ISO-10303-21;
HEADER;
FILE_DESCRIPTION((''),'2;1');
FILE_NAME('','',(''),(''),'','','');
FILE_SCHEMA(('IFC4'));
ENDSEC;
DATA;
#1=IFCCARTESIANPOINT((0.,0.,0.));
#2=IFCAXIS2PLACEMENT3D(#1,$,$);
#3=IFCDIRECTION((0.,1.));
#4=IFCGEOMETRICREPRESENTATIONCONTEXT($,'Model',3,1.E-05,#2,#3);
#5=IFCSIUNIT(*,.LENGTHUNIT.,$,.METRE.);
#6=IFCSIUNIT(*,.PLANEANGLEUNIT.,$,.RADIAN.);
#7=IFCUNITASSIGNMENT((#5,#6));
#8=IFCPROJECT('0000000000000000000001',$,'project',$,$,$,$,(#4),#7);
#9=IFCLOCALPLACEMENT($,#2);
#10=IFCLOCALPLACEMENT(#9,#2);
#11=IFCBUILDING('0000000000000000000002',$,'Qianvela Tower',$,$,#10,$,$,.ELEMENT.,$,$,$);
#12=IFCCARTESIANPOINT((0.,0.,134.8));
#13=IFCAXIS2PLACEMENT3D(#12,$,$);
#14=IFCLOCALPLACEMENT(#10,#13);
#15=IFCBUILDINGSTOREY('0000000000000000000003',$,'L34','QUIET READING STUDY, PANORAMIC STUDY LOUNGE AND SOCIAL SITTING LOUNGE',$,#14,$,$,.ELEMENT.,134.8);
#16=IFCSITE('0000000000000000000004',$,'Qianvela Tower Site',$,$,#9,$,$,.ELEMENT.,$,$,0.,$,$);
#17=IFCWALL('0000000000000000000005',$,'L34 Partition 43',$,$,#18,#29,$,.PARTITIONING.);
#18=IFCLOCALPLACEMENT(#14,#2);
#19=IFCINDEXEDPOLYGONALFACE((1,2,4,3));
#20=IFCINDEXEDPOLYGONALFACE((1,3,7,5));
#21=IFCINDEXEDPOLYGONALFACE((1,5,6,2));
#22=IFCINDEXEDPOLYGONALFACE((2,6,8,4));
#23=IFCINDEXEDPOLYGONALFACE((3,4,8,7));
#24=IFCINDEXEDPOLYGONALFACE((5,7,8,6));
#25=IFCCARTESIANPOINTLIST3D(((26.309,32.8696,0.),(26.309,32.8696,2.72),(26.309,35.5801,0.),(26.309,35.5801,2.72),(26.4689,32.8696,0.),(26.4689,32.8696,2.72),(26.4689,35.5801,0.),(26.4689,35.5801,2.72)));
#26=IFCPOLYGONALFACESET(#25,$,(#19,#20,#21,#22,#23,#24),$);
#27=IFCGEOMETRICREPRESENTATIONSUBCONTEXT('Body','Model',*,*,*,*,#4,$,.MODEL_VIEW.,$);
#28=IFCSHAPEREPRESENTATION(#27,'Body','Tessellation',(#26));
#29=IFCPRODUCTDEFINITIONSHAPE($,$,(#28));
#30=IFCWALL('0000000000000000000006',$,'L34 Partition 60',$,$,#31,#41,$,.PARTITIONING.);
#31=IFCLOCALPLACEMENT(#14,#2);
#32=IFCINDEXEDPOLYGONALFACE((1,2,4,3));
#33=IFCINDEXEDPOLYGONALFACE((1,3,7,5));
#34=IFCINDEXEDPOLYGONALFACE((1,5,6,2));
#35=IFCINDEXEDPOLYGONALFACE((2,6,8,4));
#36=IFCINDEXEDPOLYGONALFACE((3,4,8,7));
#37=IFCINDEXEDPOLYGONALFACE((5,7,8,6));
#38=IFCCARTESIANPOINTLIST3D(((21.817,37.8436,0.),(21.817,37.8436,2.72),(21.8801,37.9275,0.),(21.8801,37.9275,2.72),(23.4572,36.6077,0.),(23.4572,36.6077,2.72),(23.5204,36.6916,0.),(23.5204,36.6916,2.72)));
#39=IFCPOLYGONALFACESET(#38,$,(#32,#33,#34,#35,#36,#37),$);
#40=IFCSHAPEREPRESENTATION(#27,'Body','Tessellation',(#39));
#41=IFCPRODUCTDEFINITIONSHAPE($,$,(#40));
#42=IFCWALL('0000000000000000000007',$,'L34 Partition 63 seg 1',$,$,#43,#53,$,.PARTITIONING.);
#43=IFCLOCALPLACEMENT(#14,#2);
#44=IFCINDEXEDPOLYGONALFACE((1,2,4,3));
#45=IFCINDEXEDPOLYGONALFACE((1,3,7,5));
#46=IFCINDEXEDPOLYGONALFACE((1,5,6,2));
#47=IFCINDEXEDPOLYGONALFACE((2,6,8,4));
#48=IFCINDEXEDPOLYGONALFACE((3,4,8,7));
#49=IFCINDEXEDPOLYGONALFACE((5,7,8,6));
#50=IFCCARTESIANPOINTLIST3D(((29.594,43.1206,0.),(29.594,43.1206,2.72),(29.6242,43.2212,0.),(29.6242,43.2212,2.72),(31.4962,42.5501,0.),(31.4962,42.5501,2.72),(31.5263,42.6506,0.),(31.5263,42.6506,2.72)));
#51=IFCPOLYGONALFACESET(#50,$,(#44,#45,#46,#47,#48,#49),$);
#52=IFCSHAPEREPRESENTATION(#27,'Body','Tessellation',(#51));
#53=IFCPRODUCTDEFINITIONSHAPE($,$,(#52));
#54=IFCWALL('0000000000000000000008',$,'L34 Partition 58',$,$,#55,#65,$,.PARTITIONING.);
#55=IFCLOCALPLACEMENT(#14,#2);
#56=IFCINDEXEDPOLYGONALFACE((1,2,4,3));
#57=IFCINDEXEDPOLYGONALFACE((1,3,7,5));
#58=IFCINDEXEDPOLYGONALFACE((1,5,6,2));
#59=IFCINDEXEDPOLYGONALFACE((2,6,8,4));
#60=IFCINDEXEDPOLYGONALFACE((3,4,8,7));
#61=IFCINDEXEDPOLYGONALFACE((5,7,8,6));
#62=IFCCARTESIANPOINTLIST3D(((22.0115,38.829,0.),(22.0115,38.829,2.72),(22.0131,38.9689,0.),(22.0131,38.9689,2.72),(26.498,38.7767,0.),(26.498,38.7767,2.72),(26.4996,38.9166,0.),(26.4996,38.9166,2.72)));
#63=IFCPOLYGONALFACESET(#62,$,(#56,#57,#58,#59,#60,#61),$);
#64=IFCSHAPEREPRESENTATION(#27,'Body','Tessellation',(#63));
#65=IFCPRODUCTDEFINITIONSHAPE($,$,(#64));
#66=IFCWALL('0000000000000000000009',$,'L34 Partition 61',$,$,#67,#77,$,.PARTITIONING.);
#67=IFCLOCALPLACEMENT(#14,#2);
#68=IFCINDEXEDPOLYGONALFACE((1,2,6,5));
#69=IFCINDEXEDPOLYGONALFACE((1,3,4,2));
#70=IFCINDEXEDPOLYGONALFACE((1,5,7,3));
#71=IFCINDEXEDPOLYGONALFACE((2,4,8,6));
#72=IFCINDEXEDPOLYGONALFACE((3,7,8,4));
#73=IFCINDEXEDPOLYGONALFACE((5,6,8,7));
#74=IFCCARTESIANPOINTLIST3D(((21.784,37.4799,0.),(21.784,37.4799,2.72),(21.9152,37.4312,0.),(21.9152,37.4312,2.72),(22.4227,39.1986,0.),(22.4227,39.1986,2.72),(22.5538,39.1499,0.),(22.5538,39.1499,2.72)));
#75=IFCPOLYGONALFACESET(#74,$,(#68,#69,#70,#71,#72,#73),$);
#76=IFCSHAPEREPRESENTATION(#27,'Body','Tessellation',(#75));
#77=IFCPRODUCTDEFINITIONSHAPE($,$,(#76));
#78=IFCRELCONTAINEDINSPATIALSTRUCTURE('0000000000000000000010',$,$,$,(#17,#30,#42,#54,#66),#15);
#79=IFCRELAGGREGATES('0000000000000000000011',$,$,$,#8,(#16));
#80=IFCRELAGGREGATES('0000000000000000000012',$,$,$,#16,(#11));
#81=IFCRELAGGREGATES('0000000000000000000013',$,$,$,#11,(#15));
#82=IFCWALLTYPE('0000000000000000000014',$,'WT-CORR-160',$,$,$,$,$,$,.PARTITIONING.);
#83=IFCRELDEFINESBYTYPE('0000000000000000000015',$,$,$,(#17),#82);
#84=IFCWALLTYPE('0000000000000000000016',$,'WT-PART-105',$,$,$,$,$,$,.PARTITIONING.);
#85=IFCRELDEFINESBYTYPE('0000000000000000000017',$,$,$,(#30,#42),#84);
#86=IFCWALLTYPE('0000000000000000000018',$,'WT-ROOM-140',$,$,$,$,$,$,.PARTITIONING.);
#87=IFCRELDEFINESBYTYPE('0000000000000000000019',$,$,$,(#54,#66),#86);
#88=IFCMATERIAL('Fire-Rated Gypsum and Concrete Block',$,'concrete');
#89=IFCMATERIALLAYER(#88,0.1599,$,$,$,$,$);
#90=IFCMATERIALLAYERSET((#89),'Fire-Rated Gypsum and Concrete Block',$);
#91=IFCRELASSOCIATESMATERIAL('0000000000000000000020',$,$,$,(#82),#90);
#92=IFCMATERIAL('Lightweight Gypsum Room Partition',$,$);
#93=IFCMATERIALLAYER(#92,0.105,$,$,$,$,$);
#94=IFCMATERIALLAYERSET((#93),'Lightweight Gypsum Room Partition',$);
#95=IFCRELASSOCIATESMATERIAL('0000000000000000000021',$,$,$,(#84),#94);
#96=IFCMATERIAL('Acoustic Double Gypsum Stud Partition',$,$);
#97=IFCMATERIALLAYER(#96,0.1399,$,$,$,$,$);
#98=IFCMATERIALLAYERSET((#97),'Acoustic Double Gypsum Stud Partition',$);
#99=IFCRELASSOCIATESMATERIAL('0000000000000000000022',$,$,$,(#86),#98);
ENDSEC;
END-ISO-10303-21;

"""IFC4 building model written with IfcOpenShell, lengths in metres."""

from ifc_helpers import new_model, si_unit, direction, frame, frame_2d, origin, place, context, subcontext, project, spatial, rectangle, extrude, material, layer, layer_set, type_object, element, save


model = new_model("IFC4")

# Units and contexts
model_context = context("Model", 3, precision=1e-05, world=origin(), true_north=direction((0.0, 1.0)))
body_context = subcontext(model_context, "Body", "Model", "MODEL_VIEW")
ifc_project = project(units=[si_unit("LENGTHUNIT", "METRE"), si_unit("PLANEANGLEUNIT", "RADIAN")], contexts=[model_context])

# Site, building, storey
site_placement = place(None, origin())
site = spatial("IfcSite", under=ifc_project, at=site_placement, Name="Qianvela Tower Site", CompositionType="ELEMENT", RefElevation=0.0)
building_placement = place(site_placement, origin())
building = spatial("IfcBuilding", under=site, at=building_placement, Name="Qianvela Tower", CompositionType="ELEMENT")
storey_placement = place(building_placement, frame((0.0, 0.0, 134.8)))
storey = spatial("IfcBuildingStorey", under=building, at=storey_placement, Name="L34", Description="QUIET READING STUDY, PANORAMIC STUDY LOUNGE AND SOCIAL SITTING LOUNGE", CompositionType="ELEMENT", Elevation=134.8)

# Shared definitions
ifc_material_1 = material(Name="Fire-Rated Gypsum and Concrete Block", Category="concrete")
ifc_layer_1 = layer(ifc_material_1, 0.1599)
ifc_layer_set_1 = layer_set([ifc_layer_1], Name="Fire-Rated Gypsum and Concrete Block")
wall_type_1 = type_object("IfcWallType", Name="WT-CORR-160", PredefinedType="PARTITIONING", material=ifc_layer_set_1)

# Walls
wall_1_placement = place(storey_placement, frame((26.3889, 35.5801, 0.0), z_axis=(0.0, 0.0, 1.0), x_axis=(0.0, -1.0, 0.0)))
element("IfcWall", 1, at=wall_1_placement, inside=storey, type_object=wall_type_1, Name="L34 Partition 43", PredefinedType="PARTITIONING", context=body_context, shape_type="SweptSolid", body=[
    extrude(rectangle(XDim=2.7104, YDim=0.1599, at=frame_2d((1.3552, 0.0))), origin(), (0.0, 0.0, 1.0), 2.72),
])
ifc_material_2 = material(Name="Lightweight Gypsum Room Partition")
ifc_layer_2 = layer(ifc_material_2, 0.105)
ifc_layer_set_2 = layer_set([ifc_layer_2], Name="Lightweight Gypsum Room Partition")
wall_type_2 = type_object("IfcWallType", Name="WT-PART-105", PredefinedType="PARTITIONING", material=ifc_layer_set_2)
wall_2_placement = place(storey_placement, frame((23.4888, 36.6497, 0.0), z_axis=(0.0, 0.0, 1.0), x_axis=(-0.798657, 0.601787, 0.0)))
element("IfcWall", 2, at=wall_2_placement, inside=storey, type_object=wall_type_2, Name="L34 Partition 60", PredefinedType="PARTITIONING", context=body_context, shape_type="SweptSolid", body=[
    extrude(rectangle(XDim=2.0537, YDim=0.105, at=frame_2d((1.0269, 0.0))), origin(), (0.0, 0.0, 1.0), 2.72),
])
wall_3_placement = place(storey_placement, frame((29.6091, 43.1709, 0.0), z_axis=(0.0, 0.0, 1.0), x_axis=(0.957836, -0.287314, 0.0)))
element("IfcWall", 3, at=wall_3_placement, inside=storey, type_object=wall_type_2, Name="L34 Partition 63 seg 1", PredefinedType="PARTITIONING", context=body_context, shape_type="SweptSolid", body=[
    extrude(rectangle(XDim=1.9858, YDim=0.105, at=frame_2d((0.9929, 0.0))), origin(), (0.0, 0.0, 1.0), 2.72),
])
ifc_material_3 = material(Name="Acoustic Double Gypsum Stud Partition")
ifc_layer_3 = layer(ifc_material_3, 0.1399)
ifc_layer_set_3 = layer_set([ifc_layer_3], Name="Acoustic Double Gypsum Stud Partition")
wall_type_3 = type_object("IfcWallType", Name="WT-ROOM-140", PredefinedType="PARTITIONING", material=ifc_layer_set_3)
wall_4_placement = place(storey_placement, frame((26.4988, 38.8467, 0.0), z_axis=(0.0, 0.0, 1.0), x_axis=(-0.999932, 0.011644, 0.0)))
element("IfcWall", 4, at=wall_4_placement, inside=storey, type_object=wall_type_3, Name="L34 Partition 58", PredefinedType="PARTITIONING", context=body_context, shape_type="SweptSolid", body=[
    extrude(rectangle(XDim=4.4868, YDim=0.1399, at=frame_2d((2.2434, 0.0))), origin(), (0.0, 0.0, 1.0), 2.72),
])
wall_5_placement = place(storey_placement, frame((21.8496, 37.4556, 0.0), z_axis=(0.0, 0.0, 1.0), x_axis=(0.34832, 0.937376, 0.0)))
element("IfcWall", 5, at=wall_5_placement, inside=storey, type_object=wall_type_3, Name="L34 Partition 61", PredefinedType="PARTITIONING", context=body_context, shape_type="SweptSolid", body=[
    extrude(rectangle(XDim=1.8335, YDim=0.1399, at=frame_2d((0.9167, 0.0))), origin(), (0.0, 0.0, 1.0), 2.72),
])

save(model, "model.ifc")
